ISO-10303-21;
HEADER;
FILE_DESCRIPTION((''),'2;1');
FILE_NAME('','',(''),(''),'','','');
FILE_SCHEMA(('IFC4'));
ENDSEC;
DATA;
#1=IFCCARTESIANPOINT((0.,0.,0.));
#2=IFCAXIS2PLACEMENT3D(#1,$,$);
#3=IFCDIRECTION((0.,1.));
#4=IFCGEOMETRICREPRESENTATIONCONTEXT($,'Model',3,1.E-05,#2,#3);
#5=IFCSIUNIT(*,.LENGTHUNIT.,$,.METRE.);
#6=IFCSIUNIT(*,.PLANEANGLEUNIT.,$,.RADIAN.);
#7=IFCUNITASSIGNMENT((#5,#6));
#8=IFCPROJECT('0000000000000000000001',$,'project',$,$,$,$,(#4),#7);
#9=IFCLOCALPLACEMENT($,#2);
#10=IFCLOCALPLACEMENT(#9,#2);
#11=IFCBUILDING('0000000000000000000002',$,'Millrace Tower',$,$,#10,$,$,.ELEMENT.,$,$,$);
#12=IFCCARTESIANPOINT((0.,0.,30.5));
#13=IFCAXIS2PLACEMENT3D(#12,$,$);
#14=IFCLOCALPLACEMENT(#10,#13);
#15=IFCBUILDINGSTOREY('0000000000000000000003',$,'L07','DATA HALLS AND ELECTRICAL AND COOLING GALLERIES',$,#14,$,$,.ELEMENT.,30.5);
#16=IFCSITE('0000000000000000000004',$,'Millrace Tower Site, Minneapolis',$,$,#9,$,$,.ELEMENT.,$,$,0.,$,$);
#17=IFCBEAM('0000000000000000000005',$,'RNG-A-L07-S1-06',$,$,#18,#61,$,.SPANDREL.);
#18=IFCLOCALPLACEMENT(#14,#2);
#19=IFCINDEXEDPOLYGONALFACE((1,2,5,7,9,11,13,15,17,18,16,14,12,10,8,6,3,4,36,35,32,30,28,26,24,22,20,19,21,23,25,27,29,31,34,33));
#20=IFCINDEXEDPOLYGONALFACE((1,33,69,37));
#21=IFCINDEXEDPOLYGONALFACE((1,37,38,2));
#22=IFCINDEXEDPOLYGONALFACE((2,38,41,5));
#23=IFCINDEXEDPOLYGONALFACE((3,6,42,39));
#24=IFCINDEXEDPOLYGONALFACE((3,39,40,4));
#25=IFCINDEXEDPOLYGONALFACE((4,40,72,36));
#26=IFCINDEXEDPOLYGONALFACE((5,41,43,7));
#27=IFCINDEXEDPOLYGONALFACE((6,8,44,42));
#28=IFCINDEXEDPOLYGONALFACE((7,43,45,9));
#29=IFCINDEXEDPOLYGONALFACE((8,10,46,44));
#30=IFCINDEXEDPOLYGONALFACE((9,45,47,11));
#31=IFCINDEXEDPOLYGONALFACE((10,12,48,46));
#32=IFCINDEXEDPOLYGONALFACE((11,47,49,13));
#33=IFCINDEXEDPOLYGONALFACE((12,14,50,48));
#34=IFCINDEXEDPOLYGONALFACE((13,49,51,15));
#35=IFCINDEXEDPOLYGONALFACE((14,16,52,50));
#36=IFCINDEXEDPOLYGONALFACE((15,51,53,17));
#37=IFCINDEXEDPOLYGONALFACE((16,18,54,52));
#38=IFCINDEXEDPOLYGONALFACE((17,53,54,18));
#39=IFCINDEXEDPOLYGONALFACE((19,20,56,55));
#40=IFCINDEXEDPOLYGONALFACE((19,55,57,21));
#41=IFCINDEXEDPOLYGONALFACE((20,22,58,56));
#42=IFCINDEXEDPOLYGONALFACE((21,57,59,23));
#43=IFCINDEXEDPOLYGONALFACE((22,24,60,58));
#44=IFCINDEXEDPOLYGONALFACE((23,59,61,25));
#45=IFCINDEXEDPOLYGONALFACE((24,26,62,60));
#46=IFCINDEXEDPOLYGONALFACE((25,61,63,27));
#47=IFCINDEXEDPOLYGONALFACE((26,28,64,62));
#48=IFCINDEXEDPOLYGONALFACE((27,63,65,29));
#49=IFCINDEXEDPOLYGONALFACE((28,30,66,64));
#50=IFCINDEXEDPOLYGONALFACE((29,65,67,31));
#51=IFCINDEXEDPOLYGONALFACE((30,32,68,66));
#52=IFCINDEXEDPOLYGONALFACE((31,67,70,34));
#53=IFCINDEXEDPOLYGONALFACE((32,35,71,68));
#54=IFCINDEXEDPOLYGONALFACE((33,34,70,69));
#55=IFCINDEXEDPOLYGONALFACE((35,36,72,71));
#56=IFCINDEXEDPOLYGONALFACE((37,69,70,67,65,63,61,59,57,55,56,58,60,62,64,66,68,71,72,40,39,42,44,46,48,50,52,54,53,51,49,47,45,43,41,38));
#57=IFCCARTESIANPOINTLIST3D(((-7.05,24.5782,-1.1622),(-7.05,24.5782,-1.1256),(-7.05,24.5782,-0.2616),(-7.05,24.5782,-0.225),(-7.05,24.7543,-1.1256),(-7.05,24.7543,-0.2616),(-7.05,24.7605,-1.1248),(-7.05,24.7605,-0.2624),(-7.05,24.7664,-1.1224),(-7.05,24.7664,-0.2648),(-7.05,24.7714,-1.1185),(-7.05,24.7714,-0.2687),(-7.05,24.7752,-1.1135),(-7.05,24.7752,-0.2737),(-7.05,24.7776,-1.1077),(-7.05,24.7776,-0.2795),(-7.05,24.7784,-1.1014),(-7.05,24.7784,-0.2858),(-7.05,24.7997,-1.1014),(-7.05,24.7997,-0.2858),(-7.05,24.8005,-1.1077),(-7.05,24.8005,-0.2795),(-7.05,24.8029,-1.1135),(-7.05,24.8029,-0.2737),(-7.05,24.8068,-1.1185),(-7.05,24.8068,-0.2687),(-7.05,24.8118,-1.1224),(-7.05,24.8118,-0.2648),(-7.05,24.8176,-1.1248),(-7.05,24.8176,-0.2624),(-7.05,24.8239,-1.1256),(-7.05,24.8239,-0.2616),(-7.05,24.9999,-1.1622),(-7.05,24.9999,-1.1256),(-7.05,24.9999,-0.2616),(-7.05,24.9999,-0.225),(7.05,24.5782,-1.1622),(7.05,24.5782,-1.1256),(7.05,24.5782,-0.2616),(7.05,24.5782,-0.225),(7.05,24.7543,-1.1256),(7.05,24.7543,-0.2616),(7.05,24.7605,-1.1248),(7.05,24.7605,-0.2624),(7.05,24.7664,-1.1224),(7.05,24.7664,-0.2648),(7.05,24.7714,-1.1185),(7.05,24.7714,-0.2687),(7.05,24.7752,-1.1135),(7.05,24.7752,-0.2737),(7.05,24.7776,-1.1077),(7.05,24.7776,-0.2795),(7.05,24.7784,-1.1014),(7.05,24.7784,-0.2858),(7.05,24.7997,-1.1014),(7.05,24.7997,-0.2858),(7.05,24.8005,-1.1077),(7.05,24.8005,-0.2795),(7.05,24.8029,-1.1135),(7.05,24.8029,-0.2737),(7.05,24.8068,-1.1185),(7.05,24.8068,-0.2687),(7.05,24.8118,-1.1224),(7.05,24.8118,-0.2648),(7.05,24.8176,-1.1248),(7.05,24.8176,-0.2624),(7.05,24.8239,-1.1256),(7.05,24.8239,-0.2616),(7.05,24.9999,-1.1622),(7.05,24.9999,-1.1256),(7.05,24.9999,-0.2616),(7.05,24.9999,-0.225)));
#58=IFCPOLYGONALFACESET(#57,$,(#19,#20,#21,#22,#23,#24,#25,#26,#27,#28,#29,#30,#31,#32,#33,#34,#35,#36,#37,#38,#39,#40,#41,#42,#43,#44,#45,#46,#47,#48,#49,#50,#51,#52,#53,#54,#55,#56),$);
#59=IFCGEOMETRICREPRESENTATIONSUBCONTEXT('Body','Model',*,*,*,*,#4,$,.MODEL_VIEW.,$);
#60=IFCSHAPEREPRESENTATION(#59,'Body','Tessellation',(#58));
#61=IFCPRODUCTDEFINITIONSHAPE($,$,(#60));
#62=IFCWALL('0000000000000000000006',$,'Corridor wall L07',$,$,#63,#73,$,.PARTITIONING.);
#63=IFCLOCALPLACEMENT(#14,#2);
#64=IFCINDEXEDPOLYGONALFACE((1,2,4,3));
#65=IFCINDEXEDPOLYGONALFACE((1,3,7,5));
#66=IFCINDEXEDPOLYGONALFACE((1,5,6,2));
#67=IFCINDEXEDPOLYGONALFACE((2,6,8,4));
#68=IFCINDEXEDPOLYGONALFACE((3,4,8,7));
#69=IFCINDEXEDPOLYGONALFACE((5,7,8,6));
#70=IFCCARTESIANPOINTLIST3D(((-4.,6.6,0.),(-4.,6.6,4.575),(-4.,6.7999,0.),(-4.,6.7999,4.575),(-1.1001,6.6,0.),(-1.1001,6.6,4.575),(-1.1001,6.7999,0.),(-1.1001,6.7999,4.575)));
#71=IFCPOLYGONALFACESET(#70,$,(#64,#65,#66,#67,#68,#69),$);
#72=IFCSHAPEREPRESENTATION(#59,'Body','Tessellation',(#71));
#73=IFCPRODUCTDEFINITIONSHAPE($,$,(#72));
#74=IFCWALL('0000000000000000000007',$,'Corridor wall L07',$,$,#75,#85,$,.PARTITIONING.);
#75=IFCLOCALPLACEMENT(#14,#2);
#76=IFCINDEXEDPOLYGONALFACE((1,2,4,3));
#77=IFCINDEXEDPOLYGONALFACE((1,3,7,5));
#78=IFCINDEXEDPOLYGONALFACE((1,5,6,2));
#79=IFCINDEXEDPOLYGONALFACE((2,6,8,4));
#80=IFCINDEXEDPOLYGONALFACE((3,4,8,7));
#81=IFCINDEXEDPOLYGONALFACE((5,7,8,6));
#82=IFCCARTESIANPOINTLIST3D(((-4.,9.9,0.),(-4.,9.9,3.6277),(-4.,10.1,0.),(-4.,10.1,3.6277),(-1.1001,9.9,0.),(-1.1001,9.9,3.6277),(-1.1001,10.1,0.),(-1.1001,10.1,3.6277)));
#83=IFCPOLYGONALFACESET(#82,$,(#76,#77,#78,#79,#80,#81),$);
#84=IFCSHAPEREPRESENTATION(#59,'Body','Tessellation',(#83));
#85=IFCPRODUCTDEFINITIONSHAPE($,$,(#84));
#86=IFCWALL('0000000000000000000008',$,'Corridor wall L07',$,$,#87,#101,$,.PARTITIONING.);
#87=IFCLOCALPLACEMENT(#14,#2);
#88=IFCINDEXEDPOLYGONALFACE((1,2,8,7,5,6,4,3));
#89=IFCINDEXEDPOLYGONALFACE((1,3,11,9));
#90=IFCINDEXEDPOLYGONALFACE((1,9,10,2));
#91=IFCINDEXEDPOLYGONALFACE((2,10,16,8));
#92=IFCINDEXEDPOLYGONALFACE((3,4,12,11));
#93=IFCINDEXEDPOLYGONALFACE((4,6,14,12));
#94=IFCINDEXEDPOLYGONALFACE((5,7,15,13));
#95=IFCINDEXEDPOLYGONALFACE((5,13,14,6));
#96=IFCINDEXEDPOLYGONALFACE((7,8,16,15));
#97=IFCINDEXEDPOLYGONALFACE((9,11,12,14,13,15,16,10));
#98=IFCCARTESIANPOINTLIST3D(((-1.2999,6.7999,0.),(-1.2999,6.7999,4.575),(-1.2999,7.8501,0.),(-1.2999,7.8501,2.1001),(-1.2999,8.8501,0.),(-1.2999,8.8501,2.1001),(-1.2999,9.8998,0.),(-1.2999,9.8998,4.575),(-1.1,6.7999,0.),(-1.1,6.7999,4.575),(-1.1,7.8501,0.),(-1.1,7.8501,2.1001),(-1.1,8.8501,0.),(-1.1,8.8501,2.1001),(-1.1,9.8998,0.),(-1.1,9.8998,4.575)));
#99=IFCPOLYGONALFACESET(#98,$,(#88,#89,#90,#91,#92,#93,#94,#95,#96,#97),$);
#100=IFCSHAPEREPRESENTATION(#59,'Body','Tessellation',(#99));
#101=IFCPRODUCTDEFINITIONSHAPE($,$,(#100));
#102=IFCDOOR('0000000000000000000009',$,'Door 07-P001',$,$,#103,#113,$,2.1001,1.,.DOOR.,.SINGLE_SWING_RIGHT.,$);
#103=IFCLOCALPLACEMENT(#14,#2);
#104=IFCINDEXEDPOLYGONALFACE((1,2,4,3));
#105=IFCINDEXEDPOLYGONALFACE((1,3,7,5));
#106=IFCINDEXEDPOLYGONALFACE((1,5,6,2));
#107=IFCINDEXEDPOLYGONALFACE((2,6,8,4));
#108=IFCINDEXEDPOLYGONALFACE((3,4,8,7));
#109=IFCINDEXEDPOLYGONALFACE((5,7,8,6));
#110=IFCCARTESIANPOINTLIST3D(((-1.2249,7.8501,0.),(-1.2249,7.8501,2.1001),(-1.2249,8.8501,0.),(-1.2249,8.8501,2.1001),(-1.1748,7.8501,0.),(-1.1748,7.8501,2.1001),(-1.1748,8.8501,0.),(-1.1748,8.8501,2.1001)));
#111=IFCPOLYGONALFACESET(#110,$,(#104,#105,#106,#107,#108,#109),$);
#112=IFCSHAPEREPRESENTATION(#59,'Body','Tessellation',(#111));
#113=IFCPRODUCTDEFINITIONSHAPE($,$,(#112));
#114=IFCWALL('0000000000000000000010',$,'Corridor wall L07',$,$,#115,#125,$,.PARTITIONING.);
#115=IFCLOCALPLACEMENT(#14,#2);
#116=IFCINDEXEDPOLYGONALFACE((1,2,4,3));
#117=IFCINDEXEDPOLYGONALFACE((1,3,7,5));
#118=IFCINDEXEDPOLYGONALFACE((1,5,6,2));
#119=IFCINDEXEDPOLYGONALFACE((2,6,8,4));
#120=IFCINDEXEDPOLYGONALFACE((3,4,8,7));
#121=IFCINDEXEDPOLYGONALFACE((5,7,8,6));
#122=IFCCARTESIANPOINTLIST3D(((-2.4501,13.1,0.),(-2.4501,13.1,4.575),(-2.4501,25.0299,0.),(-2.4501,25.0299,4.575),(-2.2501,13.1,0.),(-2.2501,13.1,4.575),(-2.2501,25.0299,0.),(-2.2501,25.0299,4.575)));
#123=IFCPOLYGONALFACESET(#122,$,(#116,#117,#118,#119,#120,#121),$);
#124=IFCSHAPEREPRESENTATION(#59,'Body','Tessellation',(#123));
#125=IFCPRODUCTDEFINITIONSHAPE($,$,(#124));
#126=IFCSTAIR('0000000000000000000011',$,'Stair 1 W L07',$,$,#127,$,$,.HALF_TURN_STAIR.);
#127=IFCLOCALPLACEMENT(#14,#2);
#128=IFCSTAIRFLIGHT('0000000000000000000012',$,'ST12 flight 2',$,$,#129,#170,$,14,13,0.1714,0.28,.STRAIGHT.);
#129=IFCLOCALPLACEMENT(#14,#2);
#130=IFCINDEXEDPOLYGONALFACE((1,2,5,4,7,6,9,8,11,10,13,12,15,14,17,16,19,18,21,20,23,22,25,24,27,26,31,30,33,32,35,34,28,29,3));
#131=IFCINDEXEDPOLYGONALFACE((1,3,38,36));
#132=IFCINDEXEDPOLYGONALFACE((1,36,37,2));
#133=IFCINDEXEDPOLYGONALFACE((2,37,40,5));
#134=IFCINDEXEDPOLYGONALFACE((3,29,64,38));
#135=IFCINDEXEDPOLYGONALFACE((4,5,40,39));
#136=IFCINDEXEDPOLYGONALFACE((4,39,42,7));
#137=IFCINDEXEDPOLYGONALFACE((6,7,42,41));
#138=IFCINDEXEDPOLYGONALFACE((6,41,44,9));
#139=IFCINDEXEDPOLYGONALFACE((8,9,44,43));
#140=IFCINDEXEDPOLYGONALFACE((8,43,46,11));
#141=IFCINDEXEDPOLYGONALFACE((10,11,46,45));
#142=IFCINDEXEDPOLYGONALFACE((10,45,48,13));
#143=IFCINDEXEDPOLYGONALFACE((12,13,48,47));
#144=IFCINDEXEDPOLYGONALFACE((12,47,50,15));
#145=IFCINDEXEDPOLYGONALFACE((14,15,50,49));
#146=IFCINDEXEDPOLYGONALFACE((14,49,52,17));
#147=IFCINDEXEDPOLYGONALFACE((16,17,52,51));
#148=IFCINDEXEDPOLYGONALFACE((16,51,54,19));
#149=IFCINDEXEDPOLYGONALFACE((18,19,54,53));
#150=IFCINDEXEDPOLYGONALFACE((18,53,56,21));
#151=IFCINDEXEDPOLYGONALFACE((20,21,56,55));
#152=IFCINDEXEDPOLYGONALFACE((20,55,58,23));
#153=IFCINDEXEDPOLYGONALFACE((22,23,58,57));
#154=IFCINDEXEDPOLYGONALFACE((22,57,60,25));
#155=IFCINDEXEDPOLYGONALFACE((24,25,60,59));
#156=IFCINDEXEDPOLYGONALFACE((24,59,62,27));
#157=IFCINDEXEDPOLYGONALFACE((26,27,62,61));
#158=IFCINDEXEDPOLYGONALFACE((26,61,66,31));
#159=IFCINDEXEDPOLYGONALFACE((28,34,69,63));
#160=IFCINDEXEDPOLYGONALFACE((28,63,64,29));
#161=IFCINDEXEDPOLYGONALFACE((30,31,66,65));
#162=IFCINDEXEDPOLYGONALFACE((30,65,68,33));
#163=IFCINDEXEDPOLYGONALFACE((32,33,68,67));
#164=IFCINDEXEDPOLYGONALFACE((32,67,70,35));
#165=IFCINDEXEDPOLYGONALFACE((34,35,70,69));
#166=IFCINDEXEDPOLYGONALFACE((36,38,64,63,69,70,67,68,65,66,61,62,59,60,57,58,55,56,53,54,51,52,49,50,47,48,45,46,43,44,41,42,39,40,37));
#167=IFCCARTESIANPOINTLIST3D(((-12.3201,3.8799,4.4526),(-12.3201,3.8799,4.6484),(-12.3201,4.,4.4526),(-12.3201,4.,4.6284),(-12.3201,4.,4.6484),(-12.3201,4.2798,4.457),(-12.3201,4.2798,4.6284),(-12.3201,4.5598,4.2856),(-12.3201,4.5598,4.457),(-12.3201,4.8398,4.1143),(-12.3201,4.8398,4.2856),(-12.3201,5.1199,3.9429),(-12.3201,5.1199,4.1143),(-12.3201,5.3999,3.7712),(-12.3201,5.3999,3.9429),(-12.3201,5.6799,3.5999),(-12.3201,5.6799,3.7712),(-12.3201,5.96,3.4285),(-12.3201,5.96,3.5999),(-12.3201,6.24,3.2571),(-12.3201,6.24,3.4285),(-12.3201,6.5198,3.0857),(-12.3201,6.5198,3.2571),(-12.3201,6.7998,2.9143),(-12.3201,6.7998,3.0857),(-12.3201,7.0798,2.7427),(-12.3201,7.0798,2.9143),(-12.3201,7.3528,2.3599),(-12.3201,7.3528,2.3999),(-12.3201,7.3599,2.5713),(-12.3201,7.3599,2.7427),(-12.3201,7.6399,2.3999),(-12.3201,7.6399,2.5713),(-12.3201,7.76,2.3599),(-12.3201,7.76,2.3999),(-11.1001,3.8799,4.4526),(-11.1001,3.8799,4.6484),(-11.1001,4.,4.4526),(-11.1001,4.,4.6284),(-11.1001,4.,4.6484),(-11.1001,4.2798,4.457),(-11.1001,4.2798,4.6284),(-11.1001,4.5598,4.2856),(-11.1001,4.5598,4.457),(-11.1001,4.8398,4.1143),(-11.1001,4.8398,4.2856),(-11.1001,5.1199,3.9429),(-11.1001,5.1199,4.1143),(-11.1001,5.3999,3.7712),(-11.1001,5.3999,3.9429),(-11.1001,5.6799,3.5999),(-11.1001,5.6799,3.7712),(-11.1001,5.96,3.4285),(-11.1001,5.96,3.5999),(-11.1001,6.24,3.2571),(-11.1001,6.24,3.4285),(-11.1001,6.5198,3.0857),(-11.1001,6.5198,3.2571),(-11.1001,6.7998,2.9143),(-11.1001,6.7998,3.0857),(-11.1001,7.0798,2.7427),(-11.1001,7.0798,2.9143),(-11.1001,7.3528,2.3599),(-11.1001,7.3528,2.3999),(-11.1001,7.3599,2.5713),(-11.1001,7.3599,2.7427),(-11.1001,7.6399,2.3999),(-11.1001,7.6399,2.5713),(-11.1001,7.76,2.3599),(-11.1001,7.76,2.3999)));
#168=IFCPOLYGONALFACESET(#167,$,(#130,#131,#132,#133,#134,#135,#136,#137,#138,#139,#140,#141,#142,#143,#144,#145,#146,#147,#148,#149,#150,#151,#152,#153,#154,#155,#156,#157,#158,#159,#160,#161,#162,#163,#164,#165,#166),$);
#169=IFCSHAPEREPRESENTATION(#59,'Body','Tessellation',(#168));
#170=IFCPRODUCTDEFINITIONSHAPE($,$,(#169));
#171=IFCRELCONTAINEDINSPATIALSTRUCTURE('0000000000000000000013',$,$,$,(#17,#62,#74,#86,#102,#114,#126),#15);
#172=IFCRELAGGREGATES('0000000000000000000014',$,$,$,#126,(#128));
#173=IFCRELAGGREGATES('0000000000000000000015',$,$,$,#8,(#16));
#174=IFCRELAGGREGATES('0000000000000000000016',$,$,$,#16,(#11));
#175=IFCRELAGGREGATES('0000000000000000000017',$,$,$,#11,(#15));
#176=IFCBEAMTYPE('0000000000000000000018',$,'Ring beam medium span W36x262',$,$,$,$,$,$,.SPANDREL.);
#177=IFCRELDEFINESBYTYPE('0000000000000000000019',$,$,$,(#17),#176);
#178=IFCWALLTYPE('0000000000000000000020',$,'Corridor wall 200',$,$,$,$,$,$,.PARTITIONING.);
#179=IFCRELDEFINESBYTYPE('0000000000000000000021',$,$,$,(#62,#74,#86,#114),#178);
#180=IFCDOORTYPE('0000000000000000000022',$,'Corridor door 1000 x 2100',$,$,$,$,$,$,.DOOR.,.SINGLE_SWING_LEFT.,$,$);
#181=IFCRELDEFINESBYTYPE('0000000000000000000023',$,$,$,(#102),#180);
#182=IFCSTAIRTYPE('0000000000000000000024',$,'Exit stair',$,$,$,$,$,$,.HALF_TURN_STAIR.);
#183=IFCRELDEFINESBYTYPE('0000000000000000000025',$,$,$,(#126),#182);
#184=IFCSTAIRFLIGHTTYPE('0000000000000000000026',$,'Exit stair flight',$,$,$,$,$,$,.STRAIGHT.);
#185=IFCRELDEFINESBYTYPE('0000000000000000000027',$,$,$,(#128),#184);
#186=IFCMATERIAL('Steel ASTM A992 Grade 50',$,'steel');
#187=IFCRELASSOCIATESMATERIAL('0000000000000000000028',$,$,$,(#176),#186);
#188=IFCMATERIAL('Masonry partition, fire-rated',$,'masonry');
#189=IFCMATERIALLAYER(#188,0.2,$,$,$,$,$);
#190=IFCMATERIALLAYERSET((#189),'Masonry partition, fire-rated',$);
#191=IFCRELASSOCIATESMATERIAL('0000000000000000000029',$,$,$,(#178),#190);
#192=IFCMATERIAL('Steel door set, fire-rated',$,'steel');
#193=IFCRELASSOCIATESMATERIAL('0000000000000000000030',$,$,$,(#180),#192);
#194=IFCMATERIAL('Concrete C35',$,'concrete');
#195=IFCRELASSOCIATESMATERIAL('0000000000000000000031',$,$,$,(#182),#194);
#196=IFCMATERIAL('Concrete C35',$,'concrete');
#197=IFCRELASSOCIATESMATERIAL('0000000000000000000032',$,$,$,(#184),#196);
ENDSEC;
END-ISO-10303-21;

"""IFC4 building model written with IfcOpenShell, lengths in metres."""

from ifc_helpers import new_model, si_unit, direction, frame, frame_2d, origin, origin_2d, place, context, subcontext, project, spatial, polyline, rectangle, i_section, outline, extrude, material, layer, layer_set, material_profile, profile_set, type_object, element, fill, aggregate, save


model = new_model("IFC4")

# Units and contexts
model_context = context("Model", 3, precision=1e-05, world=origin(), true_north=direction((0.0, 1.0)))
body_context = subcontext(model_context, "Body", "Model", "MODEL_VIEW")
ifc_project = project(units=[si_unit("LENGTHUNIT", "METRE"), si_unit("PLANEANGLEUNIT", "RADIAN")], contexts=[model_context])

# Site, building, storey
site_placement = place(None, origin())
site = spatial("IfcSite", under=ifc_project, at=site_placement, Name="Millrace Tower Site, Minneapolis", CompositionType="ELEMENT", RefElevation=0.0)
building_placement = place(site_placement, origin())
building = spatial("IfcBuilding", under=site, at=building_placement, Name="Millrace Tower", CompositionType="ELEMENT")
storey_placement = place(building_placement, frame((0.0, 0.0, 30.5)))
storey = spatial("IfcBuildingStorey", under=building, at=storey_placement, Name="L07", Description="DATA HALLS AND ELECTRICAL AND COOLING GALLERIES", CompositionType="ELEMENT", Elevation=30.5)

# Shared definitions
placement = place(storey_placement, origin())

# Beam
ifc_material_1 = material(Name="Steel ASTM A992 Grade 50", Category="steel")
ifc_material_profile_1 = material_profile(ifc_material_1, i_section(OverallWidth=0.4216, OverallDepth=0.9373, WebThickness=0.0212, FlangeThickness=0.0366, FilletRadius=0.0242, at=origin_2d()))
ifc_profile_set_1 = profile_set([ifc_material_profile_1], Name="Steel ASTM A992 Grade 50")
beam_type_1 = type_object("IfcBeamType", Name="Ring beam medium span W36x262", PredefinedType="SPANDREL", material=ifc_profile_set_1)
beam_1_placement = place(storey_placement, frame((-7.05, 24.7891, -0.6936), z_axis=(1.0, 0.0, 0.0), x_axis=(0.0, 1.0, 0.0)))
element("IfcBeam", 1, at=beam_1_placement, inside=storey, type_object=beam_type_1, Name="RNG-A-L07-S1-06", PredefinedType="SPANDREL", context=body_context, shape_type="SweptSolid", body=[
    extrude(i_section(OverallWidth=0.4216, OverallDepth=0.9373, WebThickness=0.0212, FlangeThickness=0.0366, FilletRadius=0.0242, at=origin_2d()), origin(), (0.0, 0.0, 1.0), 14.1001),
])

# Walls
ifc_material_2 = material(Name="Masonry partition, fire-rated", Category="masonry")
ifc_layer_1 = layer(ifc_material_2, 0.2)
ifc_layer_set_1 = layer_set([ifc_layer_1], Name="Masonry partition, fire-rated")
wall_type = type_object("IfcWallType", Name="Corridor wall 200", PredefinedType="PARTITIONING", material=ifc_layer_set_1)
wall_1_placement = place(storey_placement, frame((-4.0, 6.7, 0.0), z_axis=(0.0, 0.0, 1.0), x_axis=(1.0, 0.0, 0.0)))
element("IfcWall", 2, at=wall_1_placement, inside=storey, type_object=wall_type, Name="Corridor wall L07", PredefinedType="PARTITIONING", context=body_context, shape_type="SweptSolid", body=[
    extrude(rectangle(XDim=2.8999, YDim=0.2, at=frame_2d((1.45, 0.0))), origin(), (0.0, 0.0, 1.0), 4.575),
])
wall_2_placement = place(storey_placement, frame((-4.0, 10.0, 0.0), z_axis=(0.0, 0.0, 1.0), x_axis=(1.0, 0.0, 0.0)))
element("IfcWall", 3, at=wall_2_placement, inside=storey, type_object=wall_type, Name="Corridor wall L07", PredefinedType="PARTITIONING", context=body_context, shape_type="SweptSolid", body=[
    extrude(rectangle(XDim=2.8999, YDim=0.2, at=frame_2d((1.45, 0.0))), origin(), (0.0, 0.0, 1.0), 3.6277),
])

# Wall, opening, door
wall_3_placement = place(storey_placement, frame((-1.2, 6.8, 0.0), z_axis=(0.0, 0.0, 1.0), x_axis=(0.0, 1.0, 0.0)))
wall_3 = element("IfcWall", 4, at=wall_3_placement, inside=storey, type_object=wall_type, Name="Corridor wall L07", PredefinedType="PARTITIONING", context=body_context, shape_type="SweptSolid", body=[
    extrude(rectangle(XDim=3.0999, YDim=0.2, at=frame_2d((1.5498, 0.0))), origin(), (0.0, 0.0, 1.0), 4.575),
])
opening_placement = place(wall_3_placement, frame((1.05, 0.0, 0.0)))
opening = element("IfcOpeningElement", 5, at=opening_placement, cuts=wall_3, PredefinedType="OPENING", context=body_context, shape_type="SweptSolid", body=[
    extrude(rectangle(XDim=1.0, YDim=2.1001, at=frame_2d((0.5, 1.05))), frame((0.0, 0.1099, 0.0), z_axis=(0.0, -1.0, 0.0), x_axis=(1.0, 0.0, 0.0)), (0.0, 0.0, 1.0), 0.22),
])
ifc_material_3 = material(Name="Steel door set, fire-rated", Category="steel")
door_type = type_object("IfcDoorType", Name="Corridor door 1000 x 2100", OperationType="SINGLE_SWING_LEFT", PredefinedType="DOOR", material=ifc_material_3)
door_placement = place(opening_placement, origin())
door = element("IfcDoor", 6, at=door_placement, inside=storey, type_object=door_type, Name="Door 07-P001", OperationType="SINGLE_SWING_RIGHT", OverallHeight=2.1001, OverallWidth=1.0, PredefinedType="DOOR", context=body_context, shape_type="SweptSolid", body=[
    extrude(rectangle(XDim=1.0, YDim=2.1001, at=frame_2d((0.5, 1.05))), frame((0.0, 0.0249, 0.0), z_axis=(0.0, -1.0, 0.0), x_axis=(1.0, 0.0, 0.0)), (0.0, 0.0, 1.0), 0.05),
])
fill(opening, door)

# Wall
wall_4_placement = place(storey_placement, frame((-2.3501, 13.1001, 0.0), z_axis=(0.0, 0.0, 1.0), x_axis=(0.0, 1.0, 0.0)))
element("IfcWall", 7, at=wall_4_placement, inside=storey, type_object=wall_type, Name="Corridor wall L07", PredefinedType="PARTITIONING", context=body_context, shape_type="SweptSolid", body=[
    extrude(rectangle(XDim=11.9299, YDim=0.2, at=frame_2d((5.9648, 0.0))), origin(), (0.0, 0.0, 1.0), 4.575),
])

# Stair, stair flight
ifc_material_4 = material(Name="Concrete C35", Category="concrete")
stair_type = type_object("IfcStairType", Name="Exit stair", PredefinedType="HALF_TURN_STAIR", material=ifc_material_4)
stair_1 = element("IfcStair", 8, at=placement, inside=storey, type_object=stair_type, Name="Stair 1 W L07", PredefinedType="HALF_TURN_STAIR")
ifc_material_5 = material(Name="Concrete C35", Category="concrete")
stair_flight_type = type_object("IfcStairFlightType", Name="Exit stair flight", PredefinedType="STRAIGHT", material=ifc_material_5)
stair_flight_1_placement = place(storey_placement, frame((-11.71, 7.6399, 2.3999), z_axis=(0.0, 0.0, 1.0), x_axis=(0.0, -1.0, 0.0)))
stair_flight_1 = element("IfcStairFlight", 9, at=stair_flight_1_placement, type_object=stair_flight_type, Name="ST12 flight 2", NumberOfRisers=14, NumberOfTreads=13, PredefinedType="STRAIGHT", RiserHeight=0.1714, TreadLength=0.28, context=body_context, shape_type="SweptSolid", body=[
    extrude(outline(polyline([(-0.1201, -0.04), (-0.1201, 0.0), (0.0, 0.0), (0.0, 0.1714), (0.28, 0.1714), (0.28, 0.3428), (0.5601, 0.3428), (0.5601, 0.5144), (0.8401, 0.5144), (0.8401, 0.6858), (1.1201, 0.6858), (1.1201, 0.8572), (1.3999, 0.8572), (1.3999, 1.0286), (1.6799, 1.0286), (1.6799, 1.2), (1.96, 1.2), (1.96, 1.3713), (2.24, 1.3713), (2.24, 1.543), (2.52, 1.543), (2.52, 1.7144), (2.8, 1.7144), (2.8, 1.8857), (3.0801, 1.8857), (3.0801, 2.0571), (3.3601, 2.0571), (3.3601, 2.2285), (3.6399, 2.2285), (3.6399, 2.2485), (3.76, 2.2485), (3.76, 2.0527), (3.6399, 2.0527), (0.2871, 0.0), (0.2871, -0.04), (-0.1201, -0.04)])), frame((0.0, 0.6099, 0.0), z_axis=(0.0, -1.0, 0.0), x_axis=(1.0, 0.0, 0.0)), (0.0, 0.0, 1.0), 1.22),
])
aggregate(stair_1, [stair_flight_1])

save(model, "model.ifc")
